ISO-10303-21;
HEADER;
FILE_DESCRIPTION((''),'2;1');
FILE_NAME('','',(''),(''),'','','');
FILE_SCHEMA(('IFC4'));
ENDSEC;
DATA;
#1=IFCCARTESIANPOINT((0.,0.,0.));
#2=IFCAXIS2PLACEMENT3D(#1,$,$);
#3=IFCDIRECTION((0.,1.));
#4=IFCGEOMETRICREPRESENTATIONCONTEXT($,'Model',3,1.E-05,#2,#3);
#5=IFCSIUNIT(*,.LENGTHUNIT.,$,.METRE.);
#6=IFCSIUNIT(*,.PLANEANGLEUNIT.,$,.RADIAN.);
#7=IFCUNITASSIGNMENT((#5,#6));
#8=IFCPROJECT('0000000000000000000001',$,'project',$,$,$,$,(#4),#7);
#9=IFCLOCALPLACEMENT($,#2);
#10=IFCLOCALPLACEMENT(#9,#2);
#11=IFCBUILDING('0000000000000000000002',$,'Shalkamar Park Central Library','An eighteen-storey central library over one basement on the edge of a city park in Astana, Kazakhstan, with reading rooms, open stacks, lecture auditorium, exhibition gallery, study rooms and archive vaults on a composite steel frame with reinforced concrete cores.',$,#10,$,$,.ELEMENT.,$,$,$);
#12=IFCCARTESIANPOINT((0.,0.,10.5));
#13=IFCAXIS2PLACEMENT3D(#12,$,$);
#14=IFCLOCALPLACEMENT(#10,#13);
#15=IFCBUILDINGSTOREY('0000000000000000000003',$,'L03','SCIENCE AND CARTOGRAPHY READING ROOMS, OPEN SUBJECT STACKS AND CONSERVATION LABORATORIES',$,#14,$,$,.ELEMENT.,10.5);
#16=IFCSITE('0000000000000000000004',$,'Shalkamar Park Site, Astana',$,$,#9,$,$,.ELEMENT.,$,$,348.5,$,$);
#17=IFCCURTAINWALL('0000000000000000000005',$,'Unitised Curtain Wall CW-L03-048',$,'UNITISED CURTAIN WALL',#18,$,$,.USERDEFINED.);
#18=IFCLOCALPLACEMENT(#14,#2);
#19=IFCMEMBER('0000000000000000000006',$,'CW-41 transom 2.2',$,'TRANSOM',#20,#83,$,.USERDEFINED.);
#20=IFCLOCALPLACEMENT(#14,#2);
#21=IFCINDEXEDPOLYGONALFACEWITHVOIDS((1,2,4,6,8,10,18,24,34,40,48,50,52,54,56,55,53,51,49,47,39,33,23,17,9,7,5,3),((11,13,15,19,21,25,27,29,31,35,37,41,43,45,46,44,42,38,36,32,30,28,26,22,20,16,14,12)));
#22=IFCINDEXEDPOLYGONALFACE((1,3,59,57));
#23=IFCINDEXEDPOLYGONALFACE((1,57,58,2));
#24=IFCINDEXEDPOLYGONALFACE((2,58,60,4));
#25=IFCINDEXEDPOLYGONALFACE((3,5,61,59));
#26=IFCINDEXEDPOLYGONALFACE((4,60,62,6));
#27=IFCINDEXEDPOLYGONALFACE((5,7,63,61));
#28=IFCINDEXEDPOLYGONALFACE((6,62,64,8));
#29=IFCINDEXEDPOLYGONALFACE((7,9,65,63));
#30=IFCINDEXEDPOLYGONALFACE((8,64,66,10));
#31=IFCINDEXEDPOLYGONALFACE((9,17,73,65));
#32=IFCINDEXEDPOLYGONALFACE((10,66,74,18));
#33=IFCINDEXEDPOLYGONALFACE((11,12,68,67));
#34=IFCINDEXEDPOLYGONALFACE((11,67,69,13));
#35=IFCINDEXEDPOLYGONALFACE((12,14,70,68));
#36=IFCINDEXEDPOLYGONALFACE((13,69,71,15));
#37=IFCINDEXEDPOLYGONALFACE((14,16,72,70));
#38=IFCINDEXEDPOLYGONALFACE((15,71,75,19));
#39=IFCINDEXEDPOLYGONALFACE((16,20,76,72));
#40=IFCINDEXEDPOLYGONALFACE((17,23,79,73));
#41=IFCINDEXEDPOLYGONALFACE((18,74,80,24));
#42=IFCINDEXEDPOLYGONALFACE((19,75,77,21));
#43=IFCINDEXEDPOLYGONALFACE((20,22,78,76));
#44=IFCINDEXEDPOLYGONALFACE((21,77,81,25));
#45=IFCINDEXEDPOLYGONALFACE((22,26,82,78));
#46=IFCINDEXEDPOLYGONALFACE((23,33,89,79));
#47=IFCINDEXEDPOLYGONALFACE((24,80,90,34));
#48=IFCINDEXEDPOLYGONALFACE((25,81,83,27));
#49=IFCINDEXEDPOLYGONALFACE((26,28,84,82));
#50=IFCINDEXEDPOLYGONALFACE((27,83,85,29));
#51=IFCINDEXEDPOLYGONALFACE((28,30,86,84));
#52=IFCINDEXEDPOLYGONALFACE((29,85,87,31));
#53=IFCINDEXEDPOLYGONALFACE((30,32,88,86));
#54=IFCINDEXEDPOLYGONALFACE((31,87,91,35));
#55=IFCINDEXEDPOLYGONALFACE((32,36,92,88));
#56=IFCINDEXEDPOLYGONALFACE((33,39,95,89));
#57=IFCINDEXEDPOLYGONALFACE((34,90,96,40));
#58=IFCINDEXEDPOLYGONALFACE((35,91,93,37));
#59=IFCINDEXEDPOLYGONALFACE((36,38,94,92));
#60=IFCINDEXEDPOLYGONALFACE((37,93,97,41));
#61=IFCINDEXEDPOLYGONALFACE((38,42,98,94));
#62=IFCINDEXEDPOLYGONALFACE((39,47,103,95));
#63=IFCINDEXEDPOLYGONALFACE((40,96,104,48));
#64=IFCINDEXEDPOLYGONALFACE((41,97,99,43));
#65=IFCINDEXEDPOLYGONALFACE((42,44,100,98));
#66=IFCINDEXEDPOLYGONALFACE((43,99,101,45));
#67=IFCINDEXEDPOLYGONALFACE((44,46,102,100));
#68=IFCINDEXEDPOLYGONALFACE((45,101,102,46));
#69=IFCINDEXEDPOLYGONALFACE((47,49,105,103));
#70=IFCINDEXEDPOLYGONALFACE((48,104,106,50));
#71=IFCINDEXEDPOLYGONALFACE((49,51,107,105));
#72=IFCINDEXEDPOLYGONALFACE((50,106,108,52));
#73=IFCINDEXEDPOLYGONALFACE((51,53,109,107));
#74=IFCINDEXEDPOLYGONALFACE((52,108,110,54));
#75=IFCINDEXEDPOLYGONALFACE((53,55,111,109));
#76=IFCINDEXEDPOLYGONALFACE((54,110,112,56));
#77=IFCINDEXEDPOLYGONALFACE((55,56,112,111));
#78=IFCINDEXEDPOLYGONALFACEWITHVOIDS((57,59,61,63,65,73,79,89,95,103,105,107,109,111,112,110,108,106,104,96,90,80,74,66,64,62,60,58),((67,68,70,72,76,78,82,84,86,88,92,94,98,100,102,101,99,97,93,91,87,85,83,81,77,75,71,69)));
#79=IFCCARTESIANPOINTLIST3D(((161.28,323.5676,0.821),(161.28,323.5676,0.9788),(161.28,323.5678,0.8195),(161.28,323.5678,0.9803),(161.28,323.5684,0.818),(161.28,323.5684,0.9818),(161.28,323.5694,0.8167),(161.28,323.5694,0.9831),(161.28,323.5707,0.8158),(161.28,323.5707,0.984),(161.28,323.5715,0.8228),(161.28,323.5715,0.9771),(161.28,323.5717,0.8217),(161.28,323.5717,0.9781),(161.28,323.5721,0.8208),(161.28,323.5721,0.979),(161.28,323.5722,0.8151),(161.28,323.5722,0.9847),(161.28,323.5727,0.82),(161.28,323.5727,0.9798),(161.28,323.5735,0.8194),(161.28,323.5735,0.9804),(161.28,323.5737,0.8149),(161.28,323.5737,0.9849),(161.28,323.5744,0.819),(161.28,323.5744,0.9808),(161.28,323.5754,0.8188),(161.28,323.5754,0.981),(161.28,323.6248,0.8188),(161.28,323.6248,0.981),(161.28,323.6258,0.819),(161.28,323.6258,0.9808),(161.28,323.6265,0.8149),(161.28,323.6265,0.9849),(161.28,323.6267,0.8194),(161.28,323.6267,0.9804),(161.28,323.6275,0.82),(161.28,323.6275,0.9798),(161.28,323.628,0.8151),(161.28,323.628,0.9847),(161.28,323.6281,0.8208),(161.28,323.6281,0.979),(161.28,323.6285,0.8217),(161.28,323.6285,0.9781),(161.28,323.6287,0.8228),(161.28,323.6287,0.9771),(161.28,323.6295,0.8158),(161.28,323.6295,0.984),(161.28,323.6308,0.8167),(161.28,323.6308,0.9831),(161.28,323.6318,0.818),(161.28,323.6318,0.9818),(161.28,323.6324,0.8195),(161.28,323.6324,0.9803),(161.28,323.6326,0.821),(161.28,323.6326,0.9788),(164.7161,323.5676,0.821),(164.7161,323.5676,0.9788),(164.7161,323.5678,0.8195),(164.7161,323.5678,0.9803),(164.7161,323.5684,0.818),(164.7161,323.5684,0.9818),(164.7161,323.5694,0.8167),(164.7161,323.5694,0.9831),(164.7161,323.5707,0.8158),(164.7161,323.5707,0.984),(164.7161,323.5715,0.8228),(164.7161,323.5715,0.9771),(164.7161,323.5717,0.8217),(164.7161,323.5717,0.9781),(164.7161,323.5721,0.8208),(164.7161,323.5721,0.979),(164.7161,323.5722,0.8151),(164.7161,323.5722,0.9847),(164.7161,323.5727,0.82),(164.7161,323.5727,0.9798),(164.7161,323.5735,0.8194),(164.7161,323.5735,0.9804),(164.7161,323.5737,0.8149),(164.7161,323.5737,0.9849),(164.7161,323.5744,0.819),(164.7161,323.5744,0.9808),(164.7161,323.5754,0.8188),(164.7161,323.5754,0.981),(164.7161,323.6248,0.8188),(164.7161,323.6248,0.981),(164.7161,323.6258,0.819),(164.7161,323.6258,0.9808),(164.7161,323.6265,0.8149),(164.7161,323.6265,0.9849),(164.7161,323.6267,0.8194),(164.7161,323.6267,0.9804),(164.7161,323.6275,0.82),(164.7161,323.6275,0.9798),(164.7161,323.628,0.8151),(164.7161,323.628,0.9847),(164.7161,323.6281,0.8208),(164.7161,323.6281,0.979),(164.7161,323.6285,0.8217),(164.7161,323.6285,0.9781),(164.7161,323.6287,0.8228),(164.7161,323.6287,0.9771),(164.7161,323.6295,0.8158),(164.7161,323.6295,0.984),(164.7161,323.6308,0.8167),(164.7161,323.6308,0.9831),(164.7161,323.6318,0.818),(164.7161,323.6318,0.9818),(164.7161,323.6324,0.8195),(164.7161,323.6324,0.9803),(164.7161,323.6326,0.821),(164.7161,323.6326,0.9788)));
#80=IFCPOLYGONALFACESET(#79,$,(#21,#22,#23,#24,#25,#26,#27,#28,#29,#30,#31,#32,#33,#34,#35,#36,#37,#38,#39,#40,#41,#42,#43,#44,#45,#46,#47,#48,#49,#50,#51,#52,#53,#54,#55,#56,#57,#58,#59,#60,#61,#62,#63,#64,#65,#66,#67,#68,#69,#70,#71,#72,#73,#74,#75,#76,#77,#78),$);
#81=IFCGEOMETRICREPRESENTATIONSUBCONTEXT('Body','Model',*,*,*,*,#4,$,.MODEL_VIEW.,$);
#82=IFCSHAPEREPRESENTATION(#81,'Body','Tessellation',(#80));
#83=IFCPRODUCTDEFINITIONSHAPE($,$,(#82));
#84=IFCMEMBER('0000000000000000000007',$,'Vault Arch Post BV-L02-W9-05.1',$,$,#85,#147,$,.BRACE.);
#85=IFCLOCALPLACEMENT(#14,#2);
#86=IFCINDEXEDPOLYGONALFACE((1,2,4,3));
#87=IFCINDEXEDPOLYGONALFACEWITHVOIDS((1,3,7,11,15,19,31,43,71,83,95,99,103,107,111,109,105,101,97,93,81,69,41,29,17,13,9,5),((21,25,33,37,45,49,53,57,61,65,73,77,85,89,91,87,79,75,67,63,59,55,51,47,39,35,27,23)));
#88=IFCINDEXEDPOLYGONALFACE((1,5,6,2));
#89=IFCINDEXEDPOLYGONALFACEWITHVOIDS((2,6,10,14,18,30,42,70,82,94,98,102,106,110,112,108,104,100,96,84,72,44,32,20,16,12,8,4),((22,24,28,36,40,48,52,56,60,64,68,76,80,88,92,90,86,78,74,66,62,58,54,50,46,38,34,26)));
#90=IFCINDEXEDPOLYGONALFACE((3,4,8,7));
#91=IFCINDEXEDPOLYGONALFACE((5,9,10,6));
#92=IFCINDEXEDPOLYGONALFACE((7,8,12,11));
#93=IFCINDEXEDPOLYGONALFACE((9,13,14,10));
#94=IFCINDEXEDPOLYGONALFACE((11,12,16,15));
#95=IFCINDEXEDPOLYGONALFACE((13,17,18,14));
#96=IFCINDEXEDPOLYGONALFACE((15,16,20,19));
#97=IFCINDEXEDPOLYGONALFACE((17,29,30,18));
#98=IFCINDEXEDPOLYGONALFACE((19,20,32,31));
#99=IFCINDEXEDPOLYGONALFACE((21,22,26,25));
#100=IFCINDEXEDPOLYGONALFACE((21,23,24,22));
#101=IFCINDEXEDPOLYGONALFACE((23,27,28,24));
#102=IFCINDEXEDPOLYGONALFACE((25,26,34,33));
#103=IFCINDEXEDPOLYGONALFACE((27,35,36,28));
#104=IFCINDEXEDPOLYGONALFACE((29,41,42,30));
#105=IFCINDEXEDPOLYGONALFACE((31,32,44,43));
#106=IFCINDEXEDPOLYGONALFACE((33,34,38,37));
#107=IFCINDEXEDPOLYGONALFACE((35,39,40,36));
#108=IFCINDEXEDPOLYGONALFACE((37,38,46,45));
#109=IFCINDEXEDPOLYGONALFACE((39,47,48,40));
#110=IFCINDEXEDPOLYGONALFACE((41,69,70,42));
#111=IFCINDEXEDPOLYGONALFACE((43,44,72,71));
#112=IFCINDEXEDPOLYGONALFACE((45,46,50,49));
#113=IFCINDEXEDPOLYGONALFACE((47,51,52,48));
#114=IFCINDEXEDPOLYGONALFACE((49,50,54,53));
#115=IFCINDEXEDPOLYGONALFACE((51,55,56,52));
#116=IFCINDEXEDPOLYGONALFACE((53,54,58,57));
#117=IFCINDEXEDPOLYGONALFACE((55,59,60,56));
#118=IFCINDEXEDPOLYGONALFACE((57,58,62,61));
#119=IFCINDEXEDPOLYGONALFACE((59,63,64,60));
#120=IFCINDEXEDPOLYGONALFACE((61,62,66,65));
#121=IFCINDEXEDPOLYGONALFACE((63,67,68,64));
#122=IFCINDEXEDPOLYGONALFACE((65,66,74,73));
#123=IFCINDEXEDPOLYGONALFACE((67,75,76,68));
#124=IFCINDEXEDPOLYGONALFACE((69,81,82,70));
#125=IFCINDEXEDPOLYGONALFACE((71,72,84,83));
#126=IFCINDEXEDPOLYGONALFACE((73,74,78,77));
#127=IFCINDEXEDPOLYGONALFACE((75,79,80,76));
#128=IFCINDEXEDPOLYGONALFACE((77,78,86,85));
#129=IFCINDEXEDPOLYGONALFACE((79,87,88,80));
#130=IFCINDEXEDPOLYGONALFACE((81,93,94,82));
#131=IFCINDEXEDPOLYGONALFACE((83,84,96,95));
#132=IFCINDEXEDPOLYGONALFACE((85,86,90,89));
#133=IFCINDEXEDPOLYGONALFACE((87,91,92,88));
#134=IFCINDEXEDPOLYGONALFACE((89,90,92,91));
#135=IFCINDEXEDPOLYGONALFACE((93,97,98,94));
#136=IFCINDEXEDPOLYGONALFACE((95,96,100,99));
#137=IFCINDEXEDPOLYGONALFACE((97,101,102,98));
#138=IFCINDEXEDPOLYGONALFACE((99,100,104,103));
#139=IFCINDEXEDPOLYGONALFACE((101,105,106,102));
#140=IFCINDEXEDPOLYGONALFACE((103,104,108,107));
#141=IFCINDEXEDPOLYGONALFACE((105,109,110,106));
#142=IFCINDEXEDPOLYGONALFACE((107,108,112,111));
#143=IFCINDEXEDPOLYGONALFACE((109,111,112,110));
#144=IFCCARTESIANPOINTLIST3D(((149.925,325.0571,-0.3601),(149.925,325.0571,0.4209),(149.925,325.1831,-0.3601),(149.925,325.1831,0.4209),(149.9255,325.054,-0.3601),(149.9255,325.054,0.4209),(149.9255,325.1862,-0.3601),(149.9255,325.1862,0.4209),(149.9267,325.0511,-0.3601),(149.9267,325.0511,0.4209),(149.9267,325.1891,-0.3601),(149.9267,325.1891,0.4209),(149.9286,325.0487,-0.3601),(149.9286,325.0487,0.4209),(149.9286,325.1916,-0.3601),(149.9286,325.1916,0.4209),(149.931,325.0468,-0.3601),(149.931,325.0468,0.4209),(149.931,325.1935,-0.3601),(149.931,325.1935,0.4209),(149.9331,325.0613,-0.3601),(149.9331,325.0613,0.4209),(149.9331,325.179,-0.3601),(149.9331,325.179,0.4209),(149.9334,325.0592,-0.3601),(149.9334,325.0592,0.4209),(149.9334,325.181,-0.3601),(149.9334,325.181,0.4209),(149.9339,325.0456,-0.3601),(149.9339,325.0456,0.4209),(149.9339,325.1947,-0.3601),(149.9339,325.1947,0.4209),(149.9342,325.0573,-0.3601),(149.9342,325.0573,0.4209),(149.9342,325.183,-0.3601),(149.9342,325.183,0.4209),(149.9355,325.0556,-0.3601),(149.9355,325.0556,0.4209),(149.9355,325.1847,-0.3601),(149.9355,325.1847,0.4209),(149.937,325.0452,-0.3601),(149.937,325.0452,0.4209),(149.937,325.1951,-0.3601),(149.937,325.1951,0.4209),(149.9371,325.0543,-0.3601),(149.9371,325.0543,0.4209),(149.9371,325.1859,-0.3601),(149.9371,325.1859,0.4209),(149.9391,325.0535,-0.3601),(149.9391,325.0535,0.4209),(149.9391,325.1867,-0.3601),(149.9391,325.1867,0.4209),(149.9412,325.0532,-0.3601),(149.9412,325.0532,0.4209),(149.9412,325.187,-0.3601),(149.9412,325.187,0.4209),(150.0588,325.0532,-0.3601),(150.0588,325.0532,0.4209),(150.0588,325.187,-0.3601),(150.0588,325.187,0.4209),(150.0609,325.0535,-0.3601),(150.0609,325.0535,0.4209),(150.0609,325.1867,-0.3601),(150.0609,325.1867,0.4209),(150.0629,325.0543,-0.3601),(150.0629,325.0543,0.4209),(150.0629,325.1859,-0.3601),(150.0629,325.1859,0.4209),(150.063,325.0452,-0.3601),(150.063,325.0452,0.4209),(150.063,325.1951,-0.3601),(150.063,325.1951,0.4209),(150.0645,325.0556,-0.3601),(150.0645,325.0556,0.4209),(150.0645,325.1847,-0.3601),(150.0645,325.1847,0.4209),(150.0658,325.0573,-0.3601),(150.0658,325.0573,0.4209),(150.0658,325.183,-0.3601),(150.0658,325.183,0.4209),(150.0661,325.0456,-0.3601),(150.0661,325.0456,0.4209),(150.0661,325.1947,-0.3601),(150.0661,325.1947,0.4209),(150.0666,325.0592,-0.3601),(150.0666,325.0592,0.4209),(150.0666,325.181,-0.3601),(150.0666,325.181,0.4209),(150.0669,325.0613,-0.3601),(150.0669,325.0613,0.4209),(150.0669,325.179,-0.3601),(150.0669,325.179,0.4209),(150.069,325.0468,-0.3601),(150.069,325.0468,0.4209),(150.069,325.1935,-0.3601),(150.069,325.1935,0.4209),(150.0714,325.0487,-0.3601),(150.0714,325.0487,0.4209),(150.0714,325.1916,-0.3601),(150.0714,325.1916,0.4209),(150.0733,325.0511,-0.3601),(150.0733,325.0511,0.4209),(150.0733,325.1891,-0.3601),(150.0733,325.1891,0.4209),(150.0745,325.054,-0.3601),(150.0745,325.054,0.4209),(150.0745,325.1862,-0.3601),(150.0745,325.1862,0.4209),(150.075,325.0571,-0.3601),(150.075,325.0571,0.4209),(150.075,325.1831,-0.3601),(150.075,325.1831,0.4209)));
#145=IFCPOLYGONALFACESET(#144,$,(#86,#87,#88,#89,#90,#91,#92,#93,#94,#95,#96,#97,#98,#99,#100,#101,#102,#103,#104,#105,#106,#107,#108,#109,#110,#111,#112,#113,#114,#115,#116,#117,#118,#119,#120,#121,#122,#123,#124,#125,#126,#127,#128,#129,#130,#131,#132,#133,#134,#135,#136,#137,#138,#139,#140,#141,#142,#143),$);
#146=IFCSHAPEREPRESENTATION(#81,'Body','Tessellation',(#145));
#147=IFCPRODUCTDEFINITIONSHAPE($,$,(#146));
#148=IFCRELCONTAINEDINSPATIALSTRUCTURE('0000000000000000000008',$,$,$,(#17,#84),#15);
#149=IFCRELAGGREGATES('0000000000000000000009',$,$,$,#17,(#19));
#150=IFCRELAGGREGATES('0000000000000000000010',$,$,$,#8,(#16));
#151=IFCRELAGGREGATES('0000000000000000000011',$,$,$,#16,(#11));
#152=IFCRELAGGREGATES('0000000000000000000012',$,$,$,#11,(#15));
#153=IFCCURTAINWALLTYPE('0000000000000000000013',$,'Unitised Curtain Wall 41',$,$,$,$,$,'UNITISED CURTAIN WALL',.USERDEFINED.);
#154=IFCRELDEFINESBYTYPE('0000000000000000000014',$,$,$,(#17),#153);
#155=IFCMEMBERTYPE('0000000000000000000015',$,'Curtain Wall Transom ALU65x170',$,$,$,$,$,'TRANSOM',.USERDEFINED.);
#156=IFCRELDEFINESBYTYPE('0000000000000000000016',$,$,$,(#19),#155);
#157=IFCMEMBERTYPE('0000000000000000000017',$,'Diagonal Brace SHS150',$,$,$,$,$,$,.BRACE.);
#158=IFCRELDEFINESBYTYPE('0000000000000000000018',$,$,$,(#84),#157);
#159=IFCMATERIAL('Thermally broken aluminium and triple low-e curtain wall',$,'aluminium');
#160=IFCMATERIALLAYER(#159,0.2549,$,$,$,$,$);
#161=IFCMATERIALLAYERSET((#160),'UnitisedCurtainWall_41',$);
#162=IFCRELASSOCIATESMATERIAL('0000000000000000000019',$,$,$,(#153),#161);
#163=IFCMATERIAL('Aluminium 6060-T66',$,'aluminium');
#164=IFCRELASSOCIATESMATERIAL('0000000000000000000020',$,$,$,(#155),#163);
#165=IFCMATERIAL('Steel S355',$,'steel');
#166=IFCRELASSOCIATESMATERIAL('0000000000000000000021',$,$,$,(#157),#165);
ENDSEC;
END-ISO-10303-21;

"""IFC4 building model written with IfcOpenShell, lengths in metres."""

from ifc_helpers import new_model, si_unit, direction, frame, origin, origin_2d, place, context, subcontext, project, spatial, hollow_rectangle, extrude, material, layer, layer_set, material_profile, profile_set, type_object, element, aggregate, save


model = new_model("IFC4")

# Units and contexts
model_context = context("Model", 3, precision=1e-05, world=origin(), true_north=direction((0.0, 1.0)))
body_context = subcontext(model_context, "Body", "Model", "MODEL_VIEW")
ifc_project = project(units=[si_unit("LENGTHUNIT", "METRE"), si_unit("PLANEANGLEUNIT", "RADIAN")], contexts=[model_context])

# Site, building, storey
site_placement = place(None, origin())
site = spatial("IfcSite", under=ifc_project, at=site_placement, Name="Shalkamar Park Site, Astana", CompositionType="ELEMENT", RefElevation=348.5)
building_placement = place(site_placement, origin())
building = spatial("IfcBuilding", under=site, at=building_placement, Name="Shalkamar Park Central Library", Description="An eighteen-storey central library over one basement on the edge of a city park in Astana, Kazakhstan, with reading rooms, open stacks, lecture auditorium, exhibition gallery, study rooms and archive vaults on a composite steel frame with reinforced concrete cores.", CompositionType="ELEMENT")
storey_placement = place(building_placement, frame((0.0, 0.0, 10.5)))
storey = spatial("IfcBuildingStorey", under=building, at=storey_placement, Name="L03", Description="SCIENCE AND CARTOGRAPHY READING ROOMS, OPEN SUBJECT STACKS AND CONSERVATION LABORATORIES", CompositionType="ELEMENT", Elevation=10.5)

# Shared definitions
ifc_material_1 = material(Name="Steel S355", Category="steel")

# Shared definitions
ifc_material_2 = material(Name="Thermally broken aluminium and triple low-e curtain wall", Category="aluminium")
ifc_material_3 = material(Name="Aluminium 6060-T66", Category="aluminium")

# Curtain wall, member
ifc_layer_1 = layer(ifc_material_2, 0.2549)
ifc_layer_set_1 = layer_set([ifc_layer_1], Name="UnitisedCurtainWall_41")
curtain_wall_type_1 = type_object("IfcCurtainWallType", Name="Unitised Curtain Wall 41", ElementType="UNITISED CURTAIN WALL", PredefinedType="USERDEFINED", material=ifc_layer_set_1)
curtain_wall_1_placement = place(storey_placement, origin())
curtain_wall_1 = element("IfcCurtainWall", 1, at=curtain_wall_1_placement, inside=storey, type_object=curtain_wall_type_1, Name="Unitised Curtain Wall CW-L03-048", ObjectType="UNITISED CURTAIN WALL", PredefinedType="USERDEFINED")
ifc_material_profile_1 = material_profile(ifc_material_3, hollow_rectangle(XDim=0.0649, YDim=0.1699, WallThickness=0.0039, InnerFilletRadius=0.0039, OuterFilletRadius=0.0061, at=origin_2d()), Name="ALU 65x170x4")
ifc_profile_set_1 = profile_set([ifc_material_profile_1], Name="Aluminium 6060-T66")
member_type_1 = type_object("IfcMemberType", Name="Curtain Wall Transom ALU65x170", ElementType="TRANSOM", PredefinedType="USERDEFINED", material=ifc_profile_set_1)
member_1_placement = place(storey_placement, frame((161.28, 323.6001, 0.8999), z_axis=(1.0, 0.0, 0.0), x_axis=(0.0, 1.0, 0.0)))
member_1 = element("IfcMember", 2, at=member_1_placement, type_object=member_type_1, Name="CW-41 transom 2.2", ObjectType="TRANSOM", PredefinedType="USERDEFINED", context=body_context, shape_type="SweptSolid", body=[
    extrude(hollow_rectangle(XDim=0.0649, YDim=0.1699, WallThickness=0.0039, InnerFilletRadius=0.0039, OuterFilletRadius=0.0061, at=origin_2d()), origin(), (0.0, 0.0, 1.0), 3.436),
])

# Member
ifc_material_profile_2 = material_profile(ifc_material_1, hollow_rectangle(XDim=0.1499, YDim=0.1499, WallThickness=0.0081, InnerFilletRadius=0.0081, OuterFilletRadius=0.012, at=origin_2d()), Name="SHS 150x150x8")
ifc_profile_set_2 = profile_set([ifc_material_profile_2], Name="Steel S355")
member_type_2 = type_object("IfcMemberType", Name="Diagonal Brace SHS150", PredefinedType="BRACE", material=ifc_profile_set_2)
member_2_placement = place(storey_placement, frame((150.0, 325.1201, -0.3601), z_axis=(0.0, 0.0, 1.0), x_axis=(1.0, 0.0, 0.0)))
element("IfcMember", 3, at=member_2_placement, inside=storey, type_object=member_type_2, Name="Vault Arch Post BV-L02-W9-05.1", PredefinedType="BRACE", context=body_context, shape_type="SweptSolid", body=[
    extrude(hollow_rectangle(XDim=0.1499, YDim=0.1499, WallThickness=0.0081, InnerFilletRadius=0.0081, OuterFilletRadius=0.012, at=origin_2d()), origin(), (0.0, 0.0, 1.0), 0.781),
])

aggregate(curtain_wall_1, [member_1])

save(model, "model.ifc")
